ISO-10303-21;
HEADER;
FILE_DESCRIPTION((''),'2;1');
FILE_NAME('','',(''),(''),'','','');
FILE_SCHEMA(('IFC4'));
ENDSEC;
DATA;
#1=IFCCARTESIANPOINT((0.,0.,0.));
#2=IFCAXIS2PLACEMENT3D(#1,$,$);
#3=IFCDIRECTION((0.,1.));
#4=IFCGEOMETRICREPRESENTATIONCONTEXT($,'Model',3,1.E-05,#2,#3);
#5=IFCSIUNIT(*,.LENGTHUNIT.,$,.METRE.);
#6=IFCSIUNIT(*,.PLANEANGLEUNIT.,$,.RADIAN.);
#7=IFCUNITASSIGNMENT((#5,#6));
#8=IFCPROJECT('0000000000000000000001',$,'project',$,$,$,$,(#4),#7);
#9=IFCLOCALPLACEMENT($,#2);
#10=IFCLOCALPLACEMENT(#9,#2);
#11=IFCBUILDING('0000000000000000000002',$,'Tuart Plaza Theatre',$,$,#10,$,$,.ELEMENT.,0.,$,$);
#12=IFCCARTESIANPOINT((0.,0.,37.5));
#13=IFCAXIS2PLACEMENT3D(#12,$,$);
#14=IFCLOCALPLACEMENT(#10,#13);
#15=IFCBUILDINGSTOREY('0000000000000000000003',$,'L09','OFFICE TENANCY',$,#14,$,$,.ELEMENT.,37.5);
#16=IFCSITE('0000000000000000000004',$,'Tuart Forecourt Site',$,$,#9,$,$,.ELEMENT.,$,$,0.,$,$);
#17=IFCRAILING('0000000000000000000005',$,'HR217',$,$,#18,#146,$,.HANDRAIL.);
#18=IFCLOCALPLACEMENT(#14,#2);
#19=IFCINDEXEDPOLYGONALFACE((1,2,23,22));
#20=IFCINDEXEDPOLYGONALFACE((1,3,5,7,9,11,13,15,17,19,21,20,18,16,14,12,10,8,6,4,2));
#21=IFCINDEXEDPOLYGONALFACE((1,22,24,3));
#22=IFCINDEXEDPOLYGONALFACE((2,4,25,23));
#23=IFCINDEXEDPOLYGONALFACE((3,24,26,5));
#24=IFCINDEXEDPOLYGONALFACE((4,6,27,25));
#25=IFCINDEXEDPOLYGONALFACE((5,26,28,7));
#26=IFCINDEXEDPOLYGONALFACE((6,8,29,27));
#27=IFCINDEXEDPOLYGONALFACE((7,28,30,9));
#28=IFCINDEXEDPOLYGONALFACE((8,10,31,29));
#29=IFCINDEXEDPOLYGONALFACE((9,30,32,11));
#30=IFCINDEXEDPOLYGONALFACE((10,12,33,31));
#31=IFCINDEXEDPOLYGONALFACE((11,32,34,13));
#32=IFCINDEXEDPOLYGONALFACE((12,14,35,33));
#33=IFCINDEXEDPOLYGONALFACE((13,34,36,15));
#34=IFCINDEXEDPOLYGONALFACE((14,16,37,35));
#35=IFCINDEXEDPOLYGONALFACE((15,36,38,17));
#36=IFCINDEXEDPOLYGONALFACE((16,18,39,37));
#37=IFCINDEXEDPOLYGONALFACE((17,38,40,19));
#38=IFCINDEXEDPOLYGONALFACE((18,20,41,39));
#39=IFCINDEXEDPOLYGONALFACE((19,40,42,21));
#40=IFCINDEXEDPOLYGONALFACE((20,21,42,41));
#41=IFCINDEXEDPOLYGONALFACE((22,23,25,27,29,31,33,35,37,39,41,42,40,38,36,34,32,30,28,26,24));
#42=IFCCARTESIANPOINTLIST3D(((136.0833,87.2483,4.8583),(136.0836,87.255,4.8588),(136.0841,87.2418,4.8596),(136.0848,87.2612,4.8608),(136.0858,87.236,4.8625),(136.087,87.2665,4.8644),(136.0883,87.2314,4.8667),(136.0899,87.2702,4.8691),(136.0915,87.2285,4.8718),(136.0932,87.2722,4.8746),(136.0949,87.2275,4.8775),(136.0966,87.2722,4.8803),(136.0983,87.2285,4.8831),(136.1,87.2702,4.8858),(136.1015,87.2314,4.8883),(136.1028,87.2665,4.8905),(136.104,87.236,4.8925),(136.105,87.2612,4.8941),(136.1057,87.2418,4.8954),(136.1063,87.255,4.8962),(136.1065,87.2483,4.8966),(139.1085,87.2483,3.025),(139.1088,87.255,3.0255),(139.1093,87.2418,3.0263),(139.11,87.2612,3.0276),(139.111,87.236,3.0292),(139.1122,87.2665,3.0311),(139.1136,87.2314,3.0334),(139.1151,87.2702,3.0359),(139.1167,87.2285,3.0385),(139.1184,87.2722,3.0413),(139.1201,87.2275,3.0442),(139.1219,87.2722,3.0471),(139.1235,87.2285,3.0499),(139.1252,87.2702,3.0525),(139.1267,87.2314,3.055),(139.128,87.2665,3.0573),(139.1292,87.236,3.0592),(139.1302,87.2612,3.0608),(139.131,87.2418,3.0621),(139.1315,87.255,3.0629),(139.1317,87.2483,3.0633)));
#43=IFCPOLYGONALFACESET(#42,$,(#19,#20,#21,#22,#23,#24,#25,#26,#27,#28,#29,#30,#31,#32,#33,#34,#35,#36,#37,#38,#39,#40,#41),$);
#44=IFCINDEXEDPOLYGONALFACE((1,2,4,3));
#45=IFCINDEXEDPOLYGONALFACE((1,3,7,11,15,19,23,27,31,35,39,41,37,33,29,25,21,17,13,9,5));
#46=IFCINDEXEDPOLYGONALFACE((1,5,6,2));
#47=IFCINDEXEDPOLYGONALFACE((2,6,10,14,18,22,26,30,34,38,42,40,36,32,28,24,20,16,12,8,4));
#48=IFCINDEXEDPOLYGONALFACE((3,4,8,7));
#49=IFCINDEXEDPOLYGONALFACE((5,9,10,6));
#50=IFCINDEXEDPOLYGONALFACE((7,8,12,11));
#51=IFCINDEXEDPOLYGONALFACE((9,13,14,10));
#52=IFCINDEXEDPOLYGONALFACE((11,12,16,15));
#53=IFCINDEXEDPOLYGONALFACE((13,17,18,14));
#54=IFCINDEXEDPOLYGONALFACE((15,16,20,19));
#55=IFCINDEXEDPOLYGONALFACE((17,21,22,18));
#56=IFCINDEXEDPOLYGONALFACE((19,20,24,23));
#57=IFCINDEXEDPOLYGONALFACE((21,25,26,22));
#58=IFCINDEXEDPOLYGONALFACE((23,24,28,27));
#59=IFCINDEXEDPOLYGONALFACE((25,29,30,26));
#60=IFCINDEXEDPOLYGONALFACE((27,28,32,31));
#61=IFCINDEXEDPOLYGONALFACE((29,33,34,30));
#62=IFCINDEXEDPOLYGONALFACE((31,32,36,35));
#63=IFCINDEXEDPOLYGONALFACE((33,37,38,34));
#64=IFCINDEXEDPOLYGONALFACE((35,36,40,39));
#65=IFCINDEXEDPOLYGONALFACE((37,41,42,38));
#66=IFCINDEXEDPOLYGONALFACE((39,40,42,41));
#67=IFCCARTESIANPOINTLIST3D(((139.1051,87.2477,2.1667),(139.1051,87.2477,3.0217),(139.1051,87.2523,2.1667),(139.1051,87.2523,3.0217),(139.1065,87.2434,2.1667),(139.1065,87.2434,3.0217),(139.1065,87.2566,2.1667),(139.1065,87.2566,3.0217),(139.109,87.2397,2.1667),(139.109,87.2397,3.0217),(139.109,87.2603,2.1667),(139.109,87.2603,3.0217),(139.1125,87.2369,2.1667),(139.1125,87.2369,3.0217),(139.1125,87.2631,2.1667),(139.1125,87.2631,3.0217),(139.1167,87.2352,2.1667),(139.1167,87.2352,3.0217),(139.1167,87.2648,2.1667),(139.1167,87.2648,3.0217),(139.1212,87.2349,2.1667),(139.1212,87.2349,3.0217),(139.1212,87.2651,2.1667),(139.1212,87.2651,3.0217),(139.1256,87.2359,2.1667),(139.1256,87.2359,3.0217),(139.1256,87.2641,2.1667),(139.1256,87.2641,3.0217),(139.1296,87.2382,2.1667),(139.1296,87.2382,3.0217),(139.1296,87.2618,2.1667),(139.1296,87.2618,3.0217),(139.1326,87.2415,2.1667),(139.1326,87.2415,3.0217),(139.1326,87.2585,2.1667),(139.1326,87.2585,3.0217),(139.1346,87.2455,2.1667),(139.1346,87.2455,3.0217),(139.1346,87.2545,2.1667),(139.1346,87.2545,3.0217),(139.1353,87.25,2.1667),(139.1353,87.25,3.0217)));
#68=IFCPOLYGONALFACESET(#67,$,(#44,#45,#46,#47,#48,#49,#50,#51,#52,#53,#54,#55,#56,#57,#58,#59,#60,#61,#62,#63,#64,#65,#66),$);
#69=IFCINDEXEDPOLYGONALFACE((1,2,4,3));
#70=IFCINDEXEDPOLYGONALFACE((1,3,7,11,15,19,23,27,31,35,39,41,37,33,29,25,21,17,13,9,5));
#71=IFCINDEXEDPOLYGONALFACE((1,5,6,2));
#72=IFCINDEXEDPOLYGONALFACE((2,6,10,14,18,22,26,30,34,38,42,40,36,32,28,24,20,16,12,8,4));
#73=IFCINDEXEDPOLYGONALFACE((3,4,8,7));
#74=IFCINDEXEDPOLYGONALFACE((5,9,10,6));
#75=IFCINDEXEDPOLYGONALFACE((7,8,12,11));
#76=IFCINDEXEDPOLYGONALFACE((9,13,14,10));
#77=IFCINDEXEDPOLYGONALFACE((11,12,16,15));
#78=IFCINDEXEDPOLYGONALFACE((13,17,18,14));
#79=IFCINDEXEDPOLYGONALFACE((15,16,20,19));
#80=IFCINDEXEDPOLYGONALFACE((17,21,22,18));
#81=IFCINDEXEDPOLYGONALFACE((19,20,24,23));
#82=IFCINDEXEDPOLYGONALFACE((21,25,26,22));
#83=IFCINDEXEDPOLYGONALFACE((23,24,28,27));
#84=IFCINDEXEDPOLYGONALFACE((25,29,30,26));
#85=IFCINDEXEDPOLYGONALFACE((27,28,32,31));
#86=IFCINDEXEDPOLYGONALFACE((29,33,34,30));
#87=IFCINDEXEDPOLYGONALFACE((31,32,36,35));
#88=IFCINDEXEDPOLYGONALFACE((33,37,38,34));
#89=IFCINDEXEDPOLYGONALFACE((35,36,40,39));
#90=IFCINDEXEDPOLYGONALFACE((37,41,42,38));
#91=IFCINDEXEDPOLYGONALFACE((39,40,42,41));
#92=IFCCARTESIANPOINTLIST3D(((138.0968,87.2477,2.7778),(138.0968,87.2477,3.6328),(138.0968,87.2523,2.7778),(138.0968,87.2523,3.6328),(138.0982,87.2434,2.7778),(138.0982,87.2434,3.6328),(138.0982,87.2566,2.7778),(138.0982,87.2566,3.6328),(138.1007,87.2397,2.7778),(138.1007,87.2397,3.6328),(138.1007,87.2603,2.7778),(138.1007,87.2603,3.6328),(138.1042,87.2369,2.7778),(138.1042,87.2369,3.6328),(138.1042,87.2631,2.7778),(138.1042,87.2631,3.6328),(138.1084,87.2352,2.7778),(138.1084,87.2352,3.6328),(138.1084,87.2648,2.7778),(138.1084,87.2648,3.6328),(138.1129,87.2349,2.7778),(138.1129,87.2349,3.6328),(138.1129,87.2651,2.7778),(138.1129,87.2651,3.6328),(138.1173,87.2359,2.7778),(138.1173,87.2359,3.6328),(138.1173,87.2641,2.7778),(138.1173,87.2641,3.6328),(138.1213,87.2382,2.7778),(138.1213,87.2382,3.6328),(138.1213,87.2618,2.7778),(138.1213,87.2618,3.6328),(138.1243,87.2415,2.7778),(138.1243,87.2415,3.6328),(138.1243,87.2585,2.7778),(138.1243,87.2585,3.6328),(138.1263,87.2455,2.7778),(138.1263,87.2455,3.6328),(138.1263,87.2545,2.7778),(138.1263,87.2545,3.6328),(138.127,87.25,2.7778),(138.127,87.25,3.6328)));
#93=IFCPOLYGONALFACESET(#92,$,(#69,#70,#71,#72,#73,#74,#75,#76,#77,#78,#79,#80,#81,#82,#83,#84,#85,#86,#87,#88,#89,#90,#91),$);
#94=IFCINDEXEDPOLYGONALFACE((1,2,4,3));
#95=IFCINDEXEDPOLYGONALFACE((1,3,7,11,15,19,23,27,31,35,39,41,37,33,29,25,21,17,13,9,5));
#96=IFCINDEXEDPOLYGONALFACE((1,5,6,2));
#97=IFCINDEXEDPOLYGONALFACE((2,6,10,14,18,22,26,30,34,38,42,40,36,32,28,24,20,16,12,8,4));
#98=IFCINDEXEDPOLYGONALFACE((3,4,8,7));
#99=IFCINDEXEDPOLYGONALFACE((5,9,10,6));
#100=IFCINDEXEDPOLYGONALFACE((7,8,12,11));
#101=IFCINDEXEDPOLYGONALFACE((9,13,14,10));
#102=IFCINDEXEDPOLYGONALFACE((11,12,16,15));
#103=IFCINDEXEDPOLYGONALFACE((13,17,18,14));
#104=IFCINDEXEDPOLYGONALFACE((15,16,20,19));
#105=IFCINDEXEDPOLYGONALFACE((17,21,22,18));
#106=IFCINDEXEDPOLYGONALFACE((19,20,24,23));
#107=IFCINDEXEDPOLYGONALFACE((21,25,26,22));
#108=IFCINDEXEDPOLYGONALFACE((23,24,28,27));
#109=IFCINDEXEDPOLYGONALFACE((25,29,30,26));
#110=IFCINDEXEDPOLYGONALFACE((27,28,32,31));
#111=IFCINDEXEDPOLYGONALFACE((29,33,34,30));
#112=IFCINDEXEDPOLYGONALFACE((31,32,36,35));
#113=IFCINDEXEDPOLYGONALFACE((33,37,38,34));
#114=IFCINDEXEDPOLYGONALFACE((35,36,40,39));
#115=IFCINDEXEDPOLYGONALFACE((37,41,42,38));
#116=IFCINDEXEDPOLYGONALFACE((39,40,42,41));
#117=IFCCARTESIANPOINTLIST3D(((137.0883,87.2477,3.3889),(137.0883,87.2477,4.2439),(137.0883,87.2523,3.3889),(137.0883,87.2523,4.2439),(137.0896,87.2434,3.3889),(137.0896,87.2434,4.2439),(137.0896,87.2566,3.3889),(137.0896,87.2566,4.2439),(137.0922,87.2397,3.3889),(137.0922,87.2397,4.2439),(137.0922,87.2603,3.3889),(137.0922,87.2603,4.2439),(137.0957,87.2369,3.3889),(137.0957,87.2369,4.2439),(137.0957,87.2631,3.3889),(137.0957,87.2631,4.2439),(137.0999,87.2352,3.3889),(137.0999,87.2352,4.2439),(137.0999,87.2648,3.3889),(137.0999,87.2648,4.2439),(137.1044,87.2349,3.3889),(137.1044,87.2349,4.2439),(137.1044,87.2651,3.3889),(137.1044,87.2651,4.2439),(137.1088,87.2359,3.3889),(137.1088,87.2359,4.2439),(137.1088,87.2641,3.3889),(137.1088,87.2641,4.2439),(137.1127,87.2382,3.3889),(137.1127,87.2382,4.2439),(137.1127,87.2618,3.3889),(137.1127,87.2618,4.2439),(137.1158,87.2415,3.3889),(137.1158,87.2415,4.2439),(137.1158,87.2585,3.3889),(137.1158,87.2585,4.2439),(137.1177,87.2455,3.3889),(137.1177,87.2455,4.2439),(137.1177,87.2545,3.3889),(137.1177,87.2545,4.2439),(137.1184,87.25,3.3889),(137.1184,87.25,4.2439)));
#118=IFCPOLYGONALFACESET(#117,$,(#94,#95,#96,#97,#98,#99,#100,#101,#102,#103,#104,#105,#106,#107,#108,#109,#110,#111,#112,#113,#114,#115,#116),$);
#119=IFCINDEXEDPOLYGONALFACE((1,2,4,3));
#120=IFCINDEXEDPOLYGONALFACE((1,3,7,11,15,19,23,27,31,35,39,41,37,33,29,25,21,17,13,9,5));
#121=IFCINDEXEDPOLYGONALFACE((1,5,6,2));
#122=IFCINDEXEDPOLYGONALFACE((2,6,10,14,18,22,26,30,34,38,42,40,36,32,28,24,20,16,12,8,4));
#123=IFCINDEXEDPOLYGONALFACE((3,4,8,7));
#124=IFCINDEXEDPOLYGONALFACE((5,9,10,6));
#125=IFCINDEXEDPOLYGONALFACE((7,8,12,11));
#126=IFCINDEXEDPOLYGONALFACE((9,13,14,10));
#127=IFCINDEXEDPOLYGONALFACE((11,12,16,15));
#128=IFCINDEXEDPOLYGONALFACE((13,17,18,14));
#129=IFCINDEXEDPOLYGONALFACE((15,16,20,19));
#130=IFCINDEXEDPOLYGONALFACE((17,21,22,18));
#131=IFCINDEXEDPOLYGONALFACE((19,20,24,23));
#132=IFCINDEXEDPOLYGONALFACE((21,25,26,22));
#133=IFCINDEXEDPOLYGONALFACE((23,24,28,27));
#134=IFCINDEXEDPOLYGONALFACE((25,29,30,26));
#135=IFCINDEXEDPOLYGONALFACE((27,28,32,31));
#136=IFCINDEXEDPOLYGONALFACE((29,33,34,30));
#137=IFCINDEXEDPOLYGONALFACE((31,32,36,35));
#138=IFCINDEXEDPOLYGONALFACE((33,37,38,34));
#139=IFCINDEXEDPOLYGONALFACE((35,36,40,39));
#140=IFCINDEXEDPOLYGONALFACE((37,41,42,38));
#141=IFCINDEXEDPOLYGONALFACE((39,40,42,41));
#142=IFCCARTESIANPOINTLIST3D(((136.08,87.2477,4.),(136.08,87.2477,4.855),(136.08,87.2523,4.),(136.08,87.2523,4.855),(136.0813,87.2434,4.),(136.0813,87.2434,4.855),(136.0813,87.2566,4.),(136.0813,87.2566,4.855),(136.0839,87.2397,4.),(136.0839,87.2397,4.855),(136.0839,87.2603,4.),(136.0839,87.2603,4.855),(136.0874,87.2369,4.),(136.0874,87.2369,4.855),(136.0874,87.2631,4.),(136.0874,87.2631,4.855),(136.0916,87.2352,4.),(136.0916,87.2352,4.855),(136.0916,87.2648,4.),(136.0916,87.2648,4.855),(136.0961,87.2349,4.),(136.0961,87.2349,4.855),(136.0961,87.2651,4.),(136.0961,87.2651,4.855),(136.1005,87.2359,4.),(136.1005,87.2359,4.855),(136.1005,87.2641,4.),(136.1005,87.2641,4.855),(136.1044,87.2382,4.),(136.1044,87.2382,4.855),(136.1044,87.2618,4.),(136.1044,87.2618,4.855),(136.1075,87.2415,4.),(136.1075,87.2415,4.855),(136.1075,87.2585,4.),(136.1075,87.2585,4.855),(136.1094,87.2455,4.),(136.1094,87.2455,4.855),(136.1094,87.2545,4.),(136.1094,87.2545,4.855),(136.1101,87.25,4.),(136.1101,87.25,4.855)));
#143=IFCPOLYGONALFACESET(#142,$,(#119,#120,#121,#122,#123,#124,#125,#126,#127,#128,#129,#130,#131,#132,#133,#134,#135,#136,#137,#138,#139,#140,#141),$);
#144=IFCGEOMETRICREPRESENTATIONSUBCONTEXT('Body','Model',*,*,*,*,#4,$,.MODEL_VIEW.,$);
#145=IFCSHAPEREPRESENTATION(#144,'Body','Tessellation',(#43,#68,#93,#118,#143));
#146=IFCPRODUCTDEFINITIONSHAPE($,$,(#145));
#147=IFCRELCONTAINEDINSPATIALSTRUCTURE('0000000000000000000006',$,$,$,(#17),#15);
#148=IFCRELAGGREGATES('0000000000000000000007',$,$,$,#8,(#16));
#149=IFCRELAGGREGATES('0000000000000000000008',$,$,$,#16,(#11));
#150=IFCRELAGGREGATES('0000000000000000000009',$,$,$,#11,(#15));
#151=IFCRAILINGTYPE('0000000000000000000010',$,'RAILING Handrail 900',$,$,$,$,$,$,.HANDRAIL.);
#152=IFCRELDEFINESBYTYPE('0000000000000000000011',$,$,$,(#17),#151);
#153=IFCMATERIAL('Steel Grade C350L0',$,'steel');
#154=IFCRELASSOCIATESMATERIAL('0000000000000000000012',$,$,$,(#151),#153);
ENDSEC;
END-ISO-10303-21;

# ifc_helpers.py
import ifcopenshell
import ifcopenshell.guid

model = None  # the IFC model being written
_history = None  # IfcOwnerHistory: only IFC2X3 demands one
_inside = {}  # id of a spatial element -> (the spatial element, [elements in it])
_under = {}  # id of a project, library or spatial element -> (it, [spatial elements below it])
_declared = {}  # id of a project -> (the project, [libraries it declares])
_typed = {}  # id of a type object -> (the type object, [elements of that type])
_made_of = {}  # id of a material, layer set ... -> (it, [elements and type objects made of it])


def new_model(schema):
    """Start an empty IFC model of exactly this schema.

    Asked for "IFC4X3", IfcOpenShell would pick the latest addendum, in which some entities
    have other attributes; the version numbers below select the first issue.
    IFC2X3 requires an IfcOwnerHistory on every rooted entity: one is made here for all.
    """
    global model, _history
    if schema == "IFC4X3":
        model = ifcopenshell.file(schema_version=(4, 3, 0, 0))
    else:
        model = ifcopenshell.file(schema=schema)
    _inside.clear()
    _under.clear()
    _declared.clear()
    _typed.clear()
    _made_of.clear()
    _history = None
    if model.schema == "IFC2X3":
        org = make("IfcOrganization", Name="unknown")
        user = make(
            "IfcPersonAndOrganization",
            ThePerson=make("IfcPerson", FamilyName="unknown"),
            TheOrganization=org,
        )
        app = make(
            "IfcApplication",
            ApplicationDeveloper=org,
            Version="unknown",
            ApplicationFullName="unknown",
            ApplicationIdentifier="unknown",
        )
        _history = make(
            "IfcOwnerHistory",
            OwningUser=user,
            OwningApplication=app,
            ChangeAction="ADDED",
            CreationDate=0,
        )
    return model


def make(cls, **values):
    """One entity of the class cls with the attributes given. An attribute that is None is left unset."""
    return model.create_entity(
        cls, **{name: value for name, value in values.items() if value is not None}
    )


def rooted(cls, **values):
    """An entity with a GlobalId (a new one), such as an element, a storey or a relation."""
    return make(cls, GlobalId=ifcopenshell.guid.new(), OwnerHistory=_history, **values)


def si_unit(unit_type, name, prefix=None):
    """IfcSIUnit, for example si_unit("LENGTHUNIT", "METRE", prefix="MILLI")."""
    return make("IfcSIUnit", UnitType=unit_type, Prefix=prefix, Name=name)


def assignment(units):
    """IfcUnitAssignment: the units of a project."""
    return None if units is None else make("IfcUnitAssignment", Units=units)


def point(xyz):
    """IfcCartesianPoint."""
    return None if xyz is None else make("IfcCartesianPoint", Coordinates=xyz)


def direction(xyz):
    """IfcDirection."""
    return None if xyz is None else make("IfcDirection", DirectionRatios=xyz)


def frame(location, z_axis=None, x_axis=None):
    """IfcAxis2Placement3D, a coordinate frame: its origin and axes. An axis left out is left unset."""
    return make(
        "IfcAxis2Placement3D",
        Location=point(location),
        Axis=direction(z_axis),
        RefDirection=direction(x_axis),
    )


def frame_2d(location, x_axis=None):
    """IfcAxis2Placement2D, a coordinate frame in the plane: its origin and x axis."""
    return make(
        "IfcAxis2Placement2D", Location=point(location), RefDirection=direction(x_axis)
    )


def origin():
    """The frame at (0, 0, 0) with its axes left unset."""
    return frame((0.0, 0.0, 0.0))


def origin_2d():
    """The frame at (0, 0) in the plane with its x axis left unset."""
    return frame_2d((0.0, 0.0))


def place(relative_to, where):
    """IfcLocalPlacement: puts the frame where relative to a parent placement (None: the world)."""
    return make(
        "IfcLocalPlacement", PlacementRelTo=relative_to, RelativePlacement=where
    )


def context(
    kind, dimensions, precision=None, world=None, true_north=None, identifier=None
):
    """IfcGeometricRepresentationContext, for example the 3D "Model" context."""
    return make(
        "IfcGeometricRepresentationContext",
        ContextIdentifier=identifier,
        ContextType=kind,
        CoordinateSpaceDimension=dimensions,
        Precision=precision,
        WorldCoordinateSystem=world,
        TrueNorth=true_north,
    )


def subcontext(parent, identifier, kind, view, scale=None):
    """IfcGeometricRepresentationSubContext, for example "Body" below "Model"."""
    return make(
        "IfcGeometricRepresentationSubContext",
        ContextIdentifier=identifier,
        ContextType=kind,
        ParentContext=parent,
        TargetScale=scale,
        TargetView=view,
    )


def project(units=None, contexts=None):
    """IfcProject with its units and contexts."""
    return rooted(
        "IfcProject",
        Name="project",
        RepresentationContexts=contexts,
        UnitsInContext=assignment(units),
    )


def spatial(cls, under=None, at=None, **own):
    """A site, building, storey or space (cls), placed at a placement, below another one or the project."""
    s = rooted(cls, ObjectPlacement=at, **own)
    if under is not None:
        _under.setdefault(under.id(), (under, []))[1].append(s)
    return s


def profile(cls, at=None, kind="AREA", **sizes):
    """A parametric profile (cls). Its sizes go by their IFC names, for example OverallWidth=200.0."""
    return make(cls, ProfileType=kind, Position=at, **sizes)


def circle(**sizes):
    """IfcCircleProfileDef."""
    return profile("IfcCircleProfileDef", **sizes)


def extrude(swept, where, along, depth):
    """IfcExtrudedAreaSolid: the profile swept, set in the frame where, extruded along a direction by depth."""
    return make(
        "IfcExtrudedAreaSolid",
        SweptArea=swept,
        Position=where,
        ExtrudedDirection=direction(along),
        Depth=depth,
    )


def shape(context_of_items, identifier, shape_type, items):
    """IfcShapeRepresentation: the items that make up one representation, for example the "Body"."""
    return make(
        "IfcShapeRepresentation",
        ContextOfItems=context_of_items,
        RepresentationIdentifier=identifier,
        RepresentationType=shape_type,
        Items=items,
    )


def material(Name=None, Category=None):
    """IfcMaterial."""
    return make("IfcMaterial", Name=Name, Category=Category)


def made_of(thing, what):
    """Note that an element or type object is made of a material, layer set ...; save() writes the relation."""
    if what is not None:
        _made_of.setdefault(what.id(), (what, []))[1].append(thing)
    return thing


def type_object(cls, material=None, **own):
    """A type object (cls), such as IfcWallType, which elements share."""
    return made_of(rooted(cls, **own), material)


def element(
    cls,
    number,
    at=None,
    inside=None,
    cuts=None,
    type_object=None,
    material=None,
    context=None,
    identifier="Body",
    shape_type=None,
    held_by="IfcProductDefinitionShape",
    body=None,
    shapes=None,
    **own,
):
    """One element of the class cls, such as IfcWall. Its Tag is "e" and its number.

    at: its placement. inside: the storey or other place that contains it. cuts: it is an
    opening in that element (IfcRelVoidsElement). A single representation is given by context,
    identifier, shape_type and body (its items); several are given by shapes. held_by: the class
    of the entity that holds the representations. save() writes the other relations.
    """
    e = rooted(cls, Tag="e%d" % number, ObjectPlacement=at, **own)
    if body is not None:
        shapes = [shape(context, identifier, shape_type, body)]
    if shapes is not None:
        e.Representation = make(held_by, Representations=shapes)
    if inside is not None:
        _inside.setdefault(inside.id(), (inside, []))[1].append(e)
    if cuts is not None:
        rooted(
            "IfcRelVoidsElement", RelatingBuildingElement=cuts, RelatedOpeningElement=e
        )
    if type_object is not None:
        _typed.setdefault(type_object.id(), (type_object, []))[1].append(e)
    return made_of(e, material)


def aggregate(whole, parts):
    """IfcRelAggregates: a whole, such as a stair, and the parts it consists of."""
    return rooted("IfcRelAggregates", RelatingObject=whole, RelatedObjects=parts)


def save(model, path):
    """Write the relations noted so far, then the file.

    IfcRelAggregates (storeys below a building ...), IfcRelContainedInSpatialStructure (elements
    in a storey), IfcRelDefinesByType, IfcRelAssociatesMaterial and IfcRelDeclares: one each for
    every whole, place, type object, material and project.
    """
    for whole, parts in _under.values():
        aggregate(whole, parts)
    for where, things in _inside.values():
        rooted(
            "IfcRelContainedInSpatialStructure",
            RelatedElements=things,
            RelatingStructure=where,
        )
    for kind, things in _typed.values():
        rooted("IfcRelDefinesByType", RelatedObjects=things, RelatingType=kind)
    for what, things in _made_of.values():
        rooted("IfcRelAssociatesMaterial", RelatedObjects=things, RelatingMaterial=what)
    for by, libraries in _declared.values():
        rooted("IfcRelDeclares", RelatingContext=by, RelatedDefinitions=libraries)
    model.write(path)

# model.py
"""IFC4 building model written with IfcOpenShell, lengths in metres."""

from ifc_helpers import new_model, si_unit, direction, frame, origin, origin_2d, place, context, subcontext, project, spatial, circle, extrude, material, type_object, element, save


model = new_model("IFC4")

# Units and contexts
model_context = context("Model", 3, precision=1e-05, world=origin(), true_north=direction((0.0, 1.0)))
body_context = subcontext(model_context, "Body", "Model", "MODEL_VIEW")
ifc_project = project(units=[si_unit("LENGTHUNIT", "METRE"), si_unit("PLANEANGLEUNIT", "RADIAN")], contexts=[model_context])

# Site, building, storey
site_placement = place(None, origin())
site = spatial("IfcSite", under=ifc_project, at=site_placement, Name="Tuart Forecourt Site", CompositionType="ELEMENT", RefElevation=0.0)
building_placement = place(site_placement, origin())
building = spatial("IfcBuilding", under=site, at=building_placement, Name="Tuart Plaza Theatre", CompositionType="ELEMENT", ElevationOfRefHeight=0.0)
storey_placement = place(building_placement, frame((0.0, 0.0, 37.5)))
storey = spatial("IfcBuildingStorey", under=building, at=storey_placement, Name="L09", Description="OFFICE TENANCY", CompositionType="ELEMENT", Elevation=37.5)

# Railing
ifc_material_1 = material(Name="Steel Grade C350L0", Category="steel")
railing_type_1 = type_object("IfcRailingType", Name="RAILING Handrail 900", PredefinedType="HANDRAIL", material=ifc_material_1)
for number, where, name in (
    (1, (139.1201, 87.25, 2.1667), "HR217"),
):
    element("IfcRailing", number, at=place(storey_placement, frame(where)), inside=storey, type_object=railing_type_1, Name=name, PredefinedType="HANDRAIL", context=body_context, shape_type="SweptSolid", body=[
        extrude(circle(Radius=0.0225, at=origin_2d()), frame((0.0, 0.0, 0.8774), z_axis=(-0.855219, 0.0, 0.518267), x_axis=(0.0, -1.0, 0.0)), (0.0, 0.0, 1.0), 3.5374),
        extrude(circle(Radius=0.0151, at=origin_2d()), origin(), (0.0, 0.0, 1.0), 0.855),
        extrude(circle(Radius=0.0151, at=origin_2d()), frame((-1.0083, 0.0, 0.6111)), (0.0, 0.0, 1.0), 0.855),
        extrude(circle(Radius=0.0151, at=origin_2d()), frame((-2.0168, 0.0, 1.2222)), (0.0, 0.0, 1.0), 0.855),
        extrude(circle(Radius=0.0151, at=origin_2d()), frame((-3.0251, 0.0, 1.8333)), (0.0, 0.0, 1.0), 0.855),
    ])

save(model, "model.ifc")
